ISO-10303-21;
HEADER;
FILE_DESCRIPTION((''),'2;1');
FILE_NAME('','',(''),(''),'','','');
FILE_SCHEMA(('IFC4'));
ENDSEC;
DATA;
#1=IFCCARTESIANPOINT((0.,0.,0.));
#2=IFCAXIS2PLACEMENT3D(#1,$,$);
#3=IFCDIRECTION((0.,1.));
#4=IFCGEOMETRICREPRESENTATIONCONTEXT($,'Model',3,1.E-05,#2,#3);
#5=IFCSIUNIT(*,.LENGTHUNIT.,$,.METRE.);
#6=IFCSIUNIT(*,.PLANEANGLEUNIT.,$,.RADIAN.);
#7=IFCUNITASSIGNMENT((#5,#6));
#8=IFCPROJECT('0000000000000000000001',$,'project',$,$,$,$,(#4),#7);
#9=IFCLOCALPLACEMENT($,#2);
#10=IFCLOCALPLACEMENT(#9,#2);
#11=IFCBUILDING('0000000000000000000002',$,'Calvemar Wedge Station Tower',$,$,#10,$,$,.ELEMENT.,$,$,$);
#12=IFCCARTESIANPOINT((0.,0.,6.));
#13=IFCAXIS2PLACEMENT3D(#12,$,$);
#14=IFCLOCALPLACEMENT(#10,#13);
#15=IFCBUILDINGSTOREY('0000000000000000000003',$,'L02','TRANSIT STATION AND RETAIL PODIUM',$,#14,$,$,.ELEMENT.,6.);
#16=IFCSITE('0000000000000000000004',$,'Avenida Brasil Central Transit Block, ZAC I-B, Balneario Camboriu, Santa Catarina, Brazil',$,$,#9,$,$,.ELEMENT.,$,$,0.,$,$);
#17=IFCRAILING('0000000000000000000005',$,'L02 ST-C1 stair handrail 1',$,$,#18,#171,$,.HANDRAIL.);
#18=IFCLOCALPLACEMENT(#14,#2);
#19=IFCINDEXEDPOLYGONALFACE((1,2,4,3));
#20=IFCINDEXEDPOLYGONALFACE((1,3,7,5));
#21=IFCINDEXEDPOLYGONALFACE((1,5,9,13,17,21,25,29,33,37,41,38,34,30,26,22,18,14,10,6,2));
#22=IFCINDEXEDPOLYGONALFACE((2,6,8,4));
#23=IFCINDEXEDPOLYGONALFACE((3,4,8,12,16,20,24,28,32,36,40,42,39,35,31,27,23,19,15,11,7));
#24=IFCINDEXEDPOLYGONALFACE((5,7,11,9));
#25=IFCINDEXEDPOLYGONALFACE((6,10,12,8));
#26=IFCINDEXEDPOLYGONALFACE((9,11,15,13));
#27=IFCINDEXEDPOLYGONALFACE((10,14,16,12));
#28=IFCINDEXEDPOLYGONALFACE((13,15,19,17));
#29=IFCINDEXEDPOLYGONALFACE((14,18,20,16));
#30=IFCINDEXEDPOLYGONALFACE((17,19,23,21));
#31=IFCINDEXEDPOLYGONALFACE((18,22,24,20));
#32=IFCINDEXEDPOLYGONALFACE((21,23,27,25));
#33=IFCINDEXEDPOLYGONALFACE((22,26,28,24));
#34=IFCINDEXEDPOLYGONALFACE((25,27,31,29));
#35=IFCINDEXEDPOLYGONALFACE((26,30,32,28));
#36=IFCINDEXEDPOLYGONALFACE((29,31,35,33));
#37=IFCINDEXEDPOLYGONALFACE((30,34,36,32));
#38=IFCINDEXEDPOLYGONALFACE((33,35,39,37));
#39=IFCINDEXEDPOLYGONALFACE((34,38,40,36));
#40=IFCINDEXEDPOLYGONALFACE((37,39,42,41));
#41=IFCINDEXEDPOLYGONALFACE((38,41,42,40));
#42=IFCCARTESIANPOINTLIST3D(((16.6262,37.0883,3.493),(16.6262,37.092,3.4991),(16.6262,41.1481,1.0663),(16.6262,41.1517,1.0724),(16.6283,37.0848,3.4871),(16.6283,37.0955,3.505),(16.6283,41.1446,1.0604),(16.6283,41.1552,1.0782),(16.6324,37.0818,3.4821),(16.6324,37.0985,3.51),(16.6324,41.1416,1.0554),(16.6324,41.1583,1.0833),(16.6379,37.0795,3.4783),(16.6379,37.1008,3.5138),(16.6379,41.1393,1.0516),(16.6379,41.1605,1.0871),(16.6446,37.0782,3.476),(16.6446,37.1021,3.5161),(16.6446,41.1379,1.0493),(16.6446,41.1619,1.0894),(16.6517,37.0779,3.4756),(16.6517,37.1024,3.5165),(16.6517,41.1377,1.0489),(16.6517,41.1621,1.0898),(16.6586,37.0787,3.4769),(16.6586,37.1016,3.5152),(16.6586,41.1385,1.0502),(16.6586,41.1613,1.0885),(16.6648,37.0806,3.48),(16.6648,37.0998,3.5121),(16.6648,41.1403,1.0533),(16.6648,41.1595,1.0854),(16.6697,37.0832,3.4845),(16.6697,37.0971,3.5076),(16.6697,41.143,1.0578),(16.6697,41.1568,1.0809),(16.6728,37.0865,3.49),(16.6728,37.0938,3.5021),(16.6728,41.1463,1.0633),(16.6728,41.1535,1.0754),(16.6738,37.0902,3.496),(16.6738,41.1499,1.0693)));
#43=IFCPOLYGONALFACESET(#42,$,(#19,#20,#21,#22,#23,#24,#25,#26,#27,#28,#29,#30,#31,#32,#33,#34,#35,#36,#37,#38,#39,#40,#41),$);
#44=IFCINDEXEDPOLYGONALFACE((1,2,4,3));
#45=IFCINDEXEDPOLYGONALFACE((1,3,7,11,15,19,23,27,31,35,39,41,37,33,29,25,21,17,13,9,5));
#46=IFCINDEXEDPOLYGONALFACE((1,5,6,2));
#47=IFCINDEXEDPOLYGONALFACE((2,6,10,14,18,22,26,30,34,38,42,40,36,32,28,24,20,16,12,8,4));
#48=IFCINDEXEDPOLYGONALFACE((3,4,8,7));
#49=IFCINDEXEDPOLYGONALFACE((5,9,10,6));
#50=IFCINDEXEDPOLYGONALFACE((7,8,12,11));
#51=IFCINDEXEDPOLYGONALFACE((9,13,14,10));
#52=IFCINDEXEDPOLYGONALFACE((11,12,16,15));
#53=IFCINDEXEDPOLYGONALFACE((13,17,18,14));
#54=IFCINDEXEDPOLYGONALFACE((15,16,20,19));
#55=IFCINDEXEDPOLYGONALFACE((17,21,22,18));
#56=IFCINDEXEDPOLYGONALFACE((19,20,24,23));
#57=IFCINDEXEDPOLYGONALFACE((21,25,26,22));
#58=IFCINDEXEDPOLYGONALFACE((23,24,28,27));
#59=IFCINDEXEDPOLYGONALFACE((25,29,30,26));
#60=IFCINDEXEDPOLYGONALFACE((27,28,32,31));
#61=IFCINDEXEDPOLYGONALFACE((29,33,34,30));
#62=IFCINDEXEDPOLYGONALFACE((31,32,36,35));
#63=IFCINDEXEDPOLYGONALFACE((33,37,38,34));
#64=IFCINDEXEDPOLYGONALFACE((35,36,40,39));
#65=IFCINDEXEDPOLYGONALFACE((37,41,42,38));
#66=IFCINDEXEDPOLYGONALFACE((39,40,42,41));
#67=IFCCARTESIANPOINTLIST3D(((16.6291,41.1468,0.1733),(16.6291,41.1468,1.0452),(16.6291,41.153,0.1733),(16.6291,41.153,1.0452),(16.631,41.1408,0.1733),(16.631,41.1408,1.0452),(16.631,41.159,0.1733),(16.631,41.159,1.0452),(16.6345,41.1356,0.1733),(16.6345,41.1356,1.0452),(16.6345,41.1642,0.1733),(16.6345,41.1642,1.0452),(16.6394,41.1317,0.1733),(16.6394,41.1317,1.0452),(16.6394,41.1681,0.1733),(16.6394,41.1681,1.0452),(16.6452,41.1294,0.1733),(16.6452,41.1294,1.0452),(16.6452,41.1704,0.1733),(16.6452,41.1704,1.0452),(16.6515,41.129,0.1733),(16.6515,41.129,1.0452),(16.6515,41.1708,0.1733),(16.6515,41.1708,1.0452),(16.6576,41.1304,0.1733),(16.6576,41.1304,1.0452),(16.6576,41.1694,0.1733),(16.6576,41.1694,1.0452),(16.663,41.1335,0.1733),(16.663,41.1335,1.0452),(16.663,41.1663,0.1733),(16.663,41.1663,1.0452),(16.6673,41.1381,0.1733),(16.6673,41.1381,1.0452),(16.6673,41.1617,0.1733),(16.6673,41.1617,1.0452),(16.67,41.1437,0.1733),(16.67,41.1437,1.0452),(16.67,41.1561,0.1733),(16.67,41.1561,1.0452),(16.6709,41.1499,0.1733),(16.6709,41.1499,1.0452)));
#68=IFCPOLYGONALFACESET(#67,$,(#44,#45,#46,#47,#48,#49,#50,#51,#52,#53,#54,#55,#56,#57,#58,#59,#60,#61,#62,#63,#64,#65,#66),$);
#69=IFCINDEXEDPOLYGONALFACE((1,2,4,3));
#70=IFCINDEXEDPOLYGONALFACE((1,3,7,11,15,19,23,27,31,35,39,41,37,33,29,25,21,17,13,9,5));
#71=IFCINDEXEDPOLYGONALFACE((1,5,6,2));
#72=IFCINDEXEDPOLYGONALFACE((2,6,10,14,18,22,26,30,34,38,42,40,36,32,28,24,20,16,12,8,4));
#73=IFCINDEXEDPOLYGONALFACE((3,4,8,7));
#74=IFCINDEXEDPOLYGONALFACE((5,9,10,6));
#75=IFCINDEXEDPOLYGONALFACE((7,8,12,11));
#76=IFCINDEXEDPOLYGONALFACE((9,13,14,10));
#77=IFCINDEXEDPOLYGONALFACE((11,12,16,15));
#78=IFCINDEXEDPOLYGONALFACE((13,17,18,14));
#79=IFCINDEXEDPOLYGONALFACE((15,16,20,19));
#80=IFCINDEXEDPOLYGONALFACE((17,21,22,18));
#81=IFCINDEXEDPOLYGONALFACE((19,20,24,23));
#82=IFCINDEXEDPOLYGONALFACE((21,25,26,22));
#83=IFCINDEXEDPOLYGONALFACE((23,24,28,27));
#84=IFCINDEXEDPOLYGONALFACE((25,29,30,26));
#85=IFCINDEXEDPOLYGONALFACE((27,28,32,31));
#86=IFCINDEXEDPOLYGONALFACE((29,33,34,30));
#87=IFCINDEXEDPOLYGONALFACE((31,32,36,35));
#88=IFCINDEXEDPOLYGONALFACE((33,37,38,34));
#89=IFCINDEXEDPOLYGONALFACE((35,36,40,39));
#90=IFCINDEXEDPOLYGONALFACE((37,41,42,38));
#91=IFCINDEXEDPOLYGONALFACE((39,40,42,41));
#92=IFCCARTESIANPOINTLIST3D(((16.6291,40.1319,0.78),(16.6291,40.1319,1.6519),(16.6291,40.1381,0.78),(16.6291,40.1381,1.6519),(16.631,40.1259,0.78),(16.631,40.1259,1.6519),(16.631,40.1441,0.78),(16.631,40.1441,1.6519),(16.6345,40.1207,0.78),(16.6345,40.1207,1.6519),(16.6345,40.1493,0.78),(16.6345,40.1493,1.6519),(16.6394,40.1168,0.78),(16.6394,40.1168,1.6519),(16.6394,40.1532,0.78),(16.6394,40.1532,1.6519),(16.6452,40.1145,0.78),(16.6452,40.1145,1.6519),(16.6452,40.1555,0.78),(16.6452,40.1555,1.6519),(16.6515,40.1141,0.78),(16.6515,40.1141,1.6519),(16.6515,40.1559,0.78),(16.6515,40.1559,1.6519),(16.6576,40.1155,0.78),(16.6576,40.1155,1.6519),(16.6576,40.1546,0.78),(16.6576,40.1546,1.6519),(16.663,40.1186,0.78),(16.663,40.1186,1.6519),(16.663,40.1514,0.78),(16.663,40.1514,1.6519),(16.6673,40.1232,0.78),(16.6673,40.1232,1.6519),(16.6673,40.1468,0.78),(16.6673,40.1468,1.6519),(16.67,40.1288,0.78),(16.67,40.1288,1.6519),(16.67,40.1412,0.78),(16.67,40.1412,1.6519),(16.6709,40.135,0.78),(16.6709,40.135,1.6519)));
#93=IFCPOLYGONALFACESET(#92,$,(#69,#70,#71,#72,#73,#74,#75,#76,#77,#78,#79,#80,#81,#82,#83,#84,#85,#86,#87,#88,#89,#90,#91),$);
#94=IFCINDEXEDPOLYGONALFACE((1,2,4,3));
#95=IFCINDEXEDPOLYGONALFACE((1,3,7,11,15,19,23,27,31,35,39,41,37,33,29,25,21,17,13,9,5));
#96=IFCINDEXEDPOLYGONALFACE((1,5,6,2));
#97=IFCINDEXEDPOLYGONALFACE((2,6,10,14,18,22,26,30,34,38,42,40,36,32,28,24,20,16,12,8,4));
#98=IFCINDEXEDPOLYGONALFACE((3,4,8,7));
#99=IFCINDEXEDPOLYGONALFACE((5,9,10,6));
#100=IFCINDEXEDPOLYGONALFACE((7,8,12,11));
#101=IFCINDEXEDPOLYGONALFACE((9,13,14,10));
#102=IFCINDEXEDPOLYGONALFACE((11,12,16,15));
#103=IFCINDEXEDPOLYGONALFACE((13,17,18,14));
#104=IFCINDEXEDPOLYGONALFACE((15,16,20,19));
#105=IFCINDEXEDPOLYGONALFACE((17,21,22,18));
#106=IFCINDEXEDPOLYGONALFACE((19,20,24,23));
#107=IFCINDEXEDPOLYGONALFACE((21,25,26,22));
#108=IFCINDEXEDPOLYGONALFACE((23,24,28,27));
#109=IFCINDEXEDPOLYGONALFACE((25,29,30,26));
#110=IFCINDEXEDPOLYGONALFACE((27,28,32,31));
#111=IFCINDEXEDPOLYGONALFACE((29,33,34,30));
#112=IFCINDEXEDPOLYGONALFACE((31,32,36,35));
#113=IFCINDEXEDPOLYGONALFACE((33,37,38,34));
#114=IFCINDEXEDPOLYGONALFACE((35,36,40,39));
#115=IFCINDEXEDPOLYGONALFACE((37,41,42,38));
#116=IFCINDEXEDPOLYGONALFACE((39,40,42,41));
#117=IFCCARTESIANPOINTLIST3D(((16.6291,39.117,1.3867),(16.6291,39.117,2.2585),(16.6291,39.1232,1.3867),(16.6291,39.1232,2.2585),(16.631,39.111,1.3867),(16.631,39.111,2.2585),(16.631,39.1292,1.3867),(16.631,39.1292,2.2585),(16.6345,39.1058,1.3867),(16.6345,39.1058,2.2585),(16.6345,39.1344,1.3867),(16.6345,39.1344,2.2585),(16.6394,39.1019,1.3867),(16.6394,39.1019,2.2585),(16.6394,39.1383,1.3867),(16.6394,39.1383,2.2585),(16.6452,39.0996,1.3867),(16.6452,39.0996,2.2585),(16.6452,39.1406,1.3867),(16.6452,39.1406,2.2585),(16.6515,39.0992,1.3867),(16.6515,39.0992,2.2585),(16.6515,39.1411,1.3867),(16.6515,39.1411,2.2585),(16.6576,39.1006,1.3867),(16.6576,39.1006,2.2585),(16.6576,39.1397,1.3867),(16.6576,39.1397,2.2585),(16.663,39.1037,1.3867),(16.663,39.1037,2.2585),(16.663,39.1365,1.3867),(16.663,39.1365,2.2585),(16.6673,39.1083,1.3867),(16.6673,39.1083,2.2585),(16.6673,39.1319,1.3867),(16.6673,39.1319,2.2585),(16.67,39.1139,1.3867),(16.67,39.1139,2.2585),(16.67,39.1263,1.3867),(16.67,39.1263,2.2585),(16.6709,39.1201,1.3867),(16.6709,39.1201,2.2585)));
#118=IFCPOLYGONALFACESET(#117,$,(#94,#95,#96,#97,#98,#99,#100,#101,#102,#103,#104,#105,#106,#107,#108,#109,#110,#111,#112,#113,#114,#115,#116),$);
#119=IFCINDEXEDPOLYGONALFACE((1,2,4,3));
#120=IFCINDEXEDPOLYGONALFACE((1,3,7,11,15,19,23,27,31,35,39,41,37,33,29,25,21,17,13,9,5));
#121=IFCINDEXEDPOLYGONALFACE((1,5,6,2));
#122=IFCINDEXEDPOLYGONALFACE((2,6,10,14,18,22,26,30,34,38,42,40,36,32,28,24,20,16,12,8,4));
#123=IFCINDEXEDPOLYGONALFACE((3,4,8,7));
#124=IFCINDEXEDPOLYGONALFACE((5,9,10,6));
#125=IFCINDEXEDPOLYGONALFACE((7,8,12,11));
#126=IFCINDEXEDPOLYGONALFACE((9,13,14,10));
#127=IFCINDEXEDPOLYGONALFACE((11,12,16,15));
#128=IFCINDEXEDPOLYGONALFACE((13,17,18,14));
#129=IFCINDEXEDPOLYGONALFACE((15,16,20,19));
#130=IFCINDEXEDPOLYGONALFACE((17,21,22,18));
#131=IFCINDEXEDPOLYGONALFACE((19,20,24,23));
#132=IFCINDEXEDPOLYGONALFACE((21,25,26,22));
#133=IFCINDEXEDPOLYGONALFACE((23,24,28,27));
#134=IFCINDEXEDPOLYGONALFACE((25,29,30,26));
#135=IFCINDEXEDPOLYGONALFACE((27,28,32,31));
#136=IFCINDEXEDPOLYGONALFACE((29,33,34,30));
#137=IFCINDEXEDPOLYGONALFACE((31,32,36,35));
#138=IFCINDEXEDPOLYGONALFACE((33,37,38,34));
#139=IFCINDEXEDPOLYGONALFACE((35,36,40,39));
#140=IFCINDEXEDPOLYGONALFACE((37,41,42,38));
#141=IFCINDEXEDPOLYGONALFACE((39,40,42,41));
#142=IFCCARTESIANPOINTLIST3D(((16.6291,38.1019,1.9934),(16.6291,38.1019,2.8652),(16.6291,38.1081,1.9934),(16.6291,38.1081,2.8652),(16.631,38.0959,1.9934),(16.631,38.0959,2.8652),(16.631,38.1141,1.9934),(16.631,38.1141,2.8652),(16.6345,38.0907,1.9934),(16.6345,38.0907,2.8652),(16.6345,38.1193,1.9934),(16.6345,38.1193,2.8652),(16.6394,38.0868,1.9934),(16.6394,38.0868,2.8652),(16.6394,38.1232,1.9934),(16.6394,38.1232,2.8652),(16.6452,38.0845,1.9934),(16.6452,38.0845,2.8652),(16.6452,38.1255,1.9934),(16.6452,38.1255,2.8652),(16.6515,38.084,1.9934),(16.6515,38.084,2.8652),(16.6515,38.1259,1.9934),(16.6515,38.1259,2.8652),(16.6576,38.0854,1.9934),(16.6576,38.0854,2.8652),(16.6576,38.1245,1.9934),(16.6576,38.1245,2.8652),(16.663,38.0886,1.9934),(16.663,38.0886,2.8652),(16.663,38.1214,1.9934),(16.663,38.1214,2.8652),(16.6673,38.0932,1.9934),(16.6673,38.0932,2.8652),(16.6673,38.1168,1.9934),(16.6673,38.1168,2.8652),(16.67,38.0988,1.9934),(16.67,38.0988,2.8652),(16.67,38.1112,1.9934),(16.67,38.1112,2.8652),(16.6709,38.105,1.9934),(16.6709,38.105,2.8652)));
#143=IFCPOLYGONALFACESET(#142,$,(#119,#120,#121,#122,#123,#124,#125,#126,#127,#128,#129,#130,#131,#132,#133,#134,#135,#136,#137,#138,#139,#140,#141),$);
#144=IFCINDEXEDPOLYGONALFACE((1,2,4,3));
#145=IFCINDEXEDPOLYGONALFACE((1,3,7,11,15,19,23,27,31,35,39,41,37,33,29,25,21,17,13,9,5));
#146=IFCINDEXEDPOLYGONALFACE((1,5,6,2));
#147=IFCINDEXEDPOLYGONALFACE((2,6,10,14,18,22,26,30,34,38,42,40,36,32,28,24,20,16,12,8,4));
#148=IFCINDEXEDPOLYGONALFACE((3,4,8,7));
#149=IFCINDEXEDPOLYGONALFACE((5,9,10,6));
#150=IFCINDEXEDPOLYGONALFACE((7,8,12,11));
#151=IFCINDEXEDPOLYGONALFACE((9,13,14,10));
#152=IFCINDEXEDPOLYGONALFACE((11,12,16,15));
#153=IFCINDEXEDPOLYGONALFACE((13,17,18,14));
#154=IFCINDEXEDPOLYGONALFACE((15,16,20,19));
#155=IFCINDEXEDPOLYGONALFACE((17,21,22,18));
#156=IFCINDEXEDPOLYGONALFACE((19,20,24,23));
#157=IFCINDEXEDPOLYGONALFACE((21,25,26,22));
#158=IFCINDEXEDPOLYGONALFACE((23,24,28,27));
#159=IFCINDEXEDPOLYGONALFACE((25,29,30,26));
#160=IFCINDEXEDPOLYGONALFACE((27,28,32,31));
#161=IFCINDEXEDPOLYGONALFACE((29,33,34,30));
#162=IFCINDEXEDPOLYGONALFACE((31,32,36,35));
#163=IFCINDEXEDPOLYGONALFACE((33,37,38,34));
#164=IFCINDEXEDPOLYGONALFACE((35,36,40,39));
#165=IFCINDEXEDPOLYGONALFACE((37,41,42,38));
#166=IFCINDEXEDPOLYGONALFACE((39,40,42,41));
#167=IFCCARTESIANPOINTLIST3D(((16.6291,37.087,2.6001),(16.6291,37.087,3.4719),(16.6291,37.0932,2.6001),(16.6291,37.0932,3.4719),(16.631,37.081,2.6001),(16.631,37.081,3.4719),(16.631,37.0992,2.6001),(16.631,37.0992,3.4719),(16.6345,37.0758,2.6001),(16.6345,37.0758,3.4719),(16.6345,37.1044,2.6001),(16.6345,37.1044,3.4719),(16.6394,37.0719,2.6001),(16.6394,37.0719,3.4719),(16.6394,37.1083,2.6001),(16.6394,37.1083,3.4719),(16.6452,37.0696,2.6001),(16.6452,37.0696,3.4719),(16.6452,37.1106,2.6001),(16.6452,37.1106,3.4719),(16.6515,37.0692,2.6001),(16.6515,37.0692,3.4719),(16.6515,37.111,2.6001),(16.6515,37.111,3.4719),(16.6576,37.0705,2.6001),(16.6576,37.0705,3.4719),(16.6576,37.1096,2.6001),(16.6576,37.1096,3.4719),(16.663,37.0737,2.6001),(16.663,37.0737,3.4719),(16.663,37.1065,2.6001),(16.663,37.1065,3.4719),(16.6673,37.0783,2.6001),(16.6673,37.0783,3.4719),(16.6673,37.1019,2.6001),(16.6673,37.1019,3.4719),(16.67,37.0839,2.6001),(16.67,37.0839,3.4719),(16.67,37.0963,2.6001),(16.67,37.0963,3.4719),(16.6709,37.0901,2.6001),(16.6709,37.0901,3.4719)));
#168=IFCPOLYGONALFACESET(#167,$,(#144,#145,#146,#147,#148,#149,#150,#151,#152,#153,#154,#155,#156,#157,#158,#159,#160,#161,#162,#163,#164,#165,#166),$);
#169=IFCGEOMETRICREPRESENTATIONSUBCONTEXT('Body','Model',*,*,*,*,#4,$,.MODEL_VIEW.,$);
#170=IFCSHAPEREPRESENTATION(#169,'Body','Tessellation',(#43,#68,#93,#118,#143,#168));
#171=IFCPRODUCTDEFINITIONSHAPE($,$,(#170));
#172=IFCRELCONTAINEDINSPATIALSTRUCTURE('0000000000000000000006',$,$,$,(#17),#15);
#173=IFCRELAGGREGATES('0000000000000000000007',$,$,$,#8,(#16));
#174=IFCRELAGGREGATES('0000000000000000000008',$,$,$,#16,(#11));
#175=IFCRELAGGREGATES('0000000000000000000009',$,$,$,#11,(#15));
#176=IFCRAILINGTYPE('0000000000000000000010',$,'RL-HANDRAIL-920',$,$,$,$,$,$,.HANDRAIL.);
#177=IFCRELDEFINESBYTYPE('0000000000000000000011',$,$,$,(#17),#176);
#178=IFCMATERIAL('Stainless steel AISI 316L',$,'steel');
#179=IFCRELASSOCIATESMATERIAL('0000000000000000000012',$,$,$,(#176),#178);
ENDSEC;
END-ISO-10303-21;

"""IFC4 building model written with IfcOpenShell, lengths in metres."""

from ifc_helpers import new_model, si_unit, direction, frame, origin, origin_2d, place, context, subcontext, project, spatial, circle, extrude, material, type_object, element, save


model = new_model("IFC4")

# Units and contexts
model_context = context("Model", 3, precision=1e-05, world=origin(), true_north=direction((0.0, 1.0)))
body_context = subcontext(model_context, "Body", "Model", "MODEL_VIEW")
ifc_project = project(units=[si_unit("LENGTHUNIT", "METRE"), si_unit("PLANEANGLEUNIT", "RADIAN")], contexts=[model_context])

# Site, building, storey
site_placement = place(None, origin())
site = spatial("IfcSite", under=ifc_project, at=site_placement, Name="Avenida Brasil Central Transit Block, ZAC I-B, Balneario Camboriu, Santa Catarina, Brazil", CompositionType="ELEMENT", RefElevation=0.0)
building_placement = place(site_placement, origin())
building = spatial("IfcBuilding", under=site, at=building_placement, Name="Calvemar Wedge Station Tower", CompositionType="ELEMENT")
storey_placement = place(building_placement, frame((0.0, 0.0, 6.0)))
storey = spatial("IfcBuildingStorey", under=building, at=storey_placement, Name="L02", Description="TRANSIT STATION AND RETAIL PODIUM", CompositionType="ELEMENT", Elevation=6.0)

# Railing
ifc_material_1 = material(Name="Stainless steel AISI 316L", Category="steel")
railing_type_1 = type_object("IfcRailingType", Name="RL-HANDRAIL-920", PredefinedType="HANDRAIL", material=ifc_material_1)
railing_1_placement = place(storey_placement, frame((16.6499, 41.1499, 0.1733)))
element("IfcRailing", 1, at=railing_1_placement, inside=storey, type_object=railing_type_1, Name="L02 ST-C1 stair handrail 1", PredefinedType="HANDRAIL", context=body_context, shape_type="SweptSolid", body=[
    extrude(circle(Radius=0.0239, at=origin_2d()), frame((0.0, 0.0, 0.896), z_axis=(0.0, -0.858343, 0.513076), x_axis=(1.0, 0.0, 0.0)), (0.0, 0.0, 1.0), 4.7297),
    extrude(circle(Radius=0.021, at=origin_2d()), origin(), (0.0, 0.0, 1.0), 0.8718),
    extrude(circle(Radius=0.021, at=origin_2d()), frame((0.0, -1.0149, 0.6067)), (0.0, 0.0, 1.0), 0.8718),
    extrude(circle(Radius=0.021, at=origin_2d()), frame((0.0, -2.0298, 1.2134)), (0.0, 0.0, 1.0), 0.8718),
    extrude(circle(Radius=0.021, at=origin_2d()), frame((0.0, -3.0449, 1.8201)), (0.0, 0.0, 1.0), 0.8718),
    extrude(circle(Radius=0.021, at=origin_2d()), frame((0.0, -4.0598, 2.4268)), (0.0, 0.0, 1.0), 0.8718),
])

save(model, "model.ifc")
